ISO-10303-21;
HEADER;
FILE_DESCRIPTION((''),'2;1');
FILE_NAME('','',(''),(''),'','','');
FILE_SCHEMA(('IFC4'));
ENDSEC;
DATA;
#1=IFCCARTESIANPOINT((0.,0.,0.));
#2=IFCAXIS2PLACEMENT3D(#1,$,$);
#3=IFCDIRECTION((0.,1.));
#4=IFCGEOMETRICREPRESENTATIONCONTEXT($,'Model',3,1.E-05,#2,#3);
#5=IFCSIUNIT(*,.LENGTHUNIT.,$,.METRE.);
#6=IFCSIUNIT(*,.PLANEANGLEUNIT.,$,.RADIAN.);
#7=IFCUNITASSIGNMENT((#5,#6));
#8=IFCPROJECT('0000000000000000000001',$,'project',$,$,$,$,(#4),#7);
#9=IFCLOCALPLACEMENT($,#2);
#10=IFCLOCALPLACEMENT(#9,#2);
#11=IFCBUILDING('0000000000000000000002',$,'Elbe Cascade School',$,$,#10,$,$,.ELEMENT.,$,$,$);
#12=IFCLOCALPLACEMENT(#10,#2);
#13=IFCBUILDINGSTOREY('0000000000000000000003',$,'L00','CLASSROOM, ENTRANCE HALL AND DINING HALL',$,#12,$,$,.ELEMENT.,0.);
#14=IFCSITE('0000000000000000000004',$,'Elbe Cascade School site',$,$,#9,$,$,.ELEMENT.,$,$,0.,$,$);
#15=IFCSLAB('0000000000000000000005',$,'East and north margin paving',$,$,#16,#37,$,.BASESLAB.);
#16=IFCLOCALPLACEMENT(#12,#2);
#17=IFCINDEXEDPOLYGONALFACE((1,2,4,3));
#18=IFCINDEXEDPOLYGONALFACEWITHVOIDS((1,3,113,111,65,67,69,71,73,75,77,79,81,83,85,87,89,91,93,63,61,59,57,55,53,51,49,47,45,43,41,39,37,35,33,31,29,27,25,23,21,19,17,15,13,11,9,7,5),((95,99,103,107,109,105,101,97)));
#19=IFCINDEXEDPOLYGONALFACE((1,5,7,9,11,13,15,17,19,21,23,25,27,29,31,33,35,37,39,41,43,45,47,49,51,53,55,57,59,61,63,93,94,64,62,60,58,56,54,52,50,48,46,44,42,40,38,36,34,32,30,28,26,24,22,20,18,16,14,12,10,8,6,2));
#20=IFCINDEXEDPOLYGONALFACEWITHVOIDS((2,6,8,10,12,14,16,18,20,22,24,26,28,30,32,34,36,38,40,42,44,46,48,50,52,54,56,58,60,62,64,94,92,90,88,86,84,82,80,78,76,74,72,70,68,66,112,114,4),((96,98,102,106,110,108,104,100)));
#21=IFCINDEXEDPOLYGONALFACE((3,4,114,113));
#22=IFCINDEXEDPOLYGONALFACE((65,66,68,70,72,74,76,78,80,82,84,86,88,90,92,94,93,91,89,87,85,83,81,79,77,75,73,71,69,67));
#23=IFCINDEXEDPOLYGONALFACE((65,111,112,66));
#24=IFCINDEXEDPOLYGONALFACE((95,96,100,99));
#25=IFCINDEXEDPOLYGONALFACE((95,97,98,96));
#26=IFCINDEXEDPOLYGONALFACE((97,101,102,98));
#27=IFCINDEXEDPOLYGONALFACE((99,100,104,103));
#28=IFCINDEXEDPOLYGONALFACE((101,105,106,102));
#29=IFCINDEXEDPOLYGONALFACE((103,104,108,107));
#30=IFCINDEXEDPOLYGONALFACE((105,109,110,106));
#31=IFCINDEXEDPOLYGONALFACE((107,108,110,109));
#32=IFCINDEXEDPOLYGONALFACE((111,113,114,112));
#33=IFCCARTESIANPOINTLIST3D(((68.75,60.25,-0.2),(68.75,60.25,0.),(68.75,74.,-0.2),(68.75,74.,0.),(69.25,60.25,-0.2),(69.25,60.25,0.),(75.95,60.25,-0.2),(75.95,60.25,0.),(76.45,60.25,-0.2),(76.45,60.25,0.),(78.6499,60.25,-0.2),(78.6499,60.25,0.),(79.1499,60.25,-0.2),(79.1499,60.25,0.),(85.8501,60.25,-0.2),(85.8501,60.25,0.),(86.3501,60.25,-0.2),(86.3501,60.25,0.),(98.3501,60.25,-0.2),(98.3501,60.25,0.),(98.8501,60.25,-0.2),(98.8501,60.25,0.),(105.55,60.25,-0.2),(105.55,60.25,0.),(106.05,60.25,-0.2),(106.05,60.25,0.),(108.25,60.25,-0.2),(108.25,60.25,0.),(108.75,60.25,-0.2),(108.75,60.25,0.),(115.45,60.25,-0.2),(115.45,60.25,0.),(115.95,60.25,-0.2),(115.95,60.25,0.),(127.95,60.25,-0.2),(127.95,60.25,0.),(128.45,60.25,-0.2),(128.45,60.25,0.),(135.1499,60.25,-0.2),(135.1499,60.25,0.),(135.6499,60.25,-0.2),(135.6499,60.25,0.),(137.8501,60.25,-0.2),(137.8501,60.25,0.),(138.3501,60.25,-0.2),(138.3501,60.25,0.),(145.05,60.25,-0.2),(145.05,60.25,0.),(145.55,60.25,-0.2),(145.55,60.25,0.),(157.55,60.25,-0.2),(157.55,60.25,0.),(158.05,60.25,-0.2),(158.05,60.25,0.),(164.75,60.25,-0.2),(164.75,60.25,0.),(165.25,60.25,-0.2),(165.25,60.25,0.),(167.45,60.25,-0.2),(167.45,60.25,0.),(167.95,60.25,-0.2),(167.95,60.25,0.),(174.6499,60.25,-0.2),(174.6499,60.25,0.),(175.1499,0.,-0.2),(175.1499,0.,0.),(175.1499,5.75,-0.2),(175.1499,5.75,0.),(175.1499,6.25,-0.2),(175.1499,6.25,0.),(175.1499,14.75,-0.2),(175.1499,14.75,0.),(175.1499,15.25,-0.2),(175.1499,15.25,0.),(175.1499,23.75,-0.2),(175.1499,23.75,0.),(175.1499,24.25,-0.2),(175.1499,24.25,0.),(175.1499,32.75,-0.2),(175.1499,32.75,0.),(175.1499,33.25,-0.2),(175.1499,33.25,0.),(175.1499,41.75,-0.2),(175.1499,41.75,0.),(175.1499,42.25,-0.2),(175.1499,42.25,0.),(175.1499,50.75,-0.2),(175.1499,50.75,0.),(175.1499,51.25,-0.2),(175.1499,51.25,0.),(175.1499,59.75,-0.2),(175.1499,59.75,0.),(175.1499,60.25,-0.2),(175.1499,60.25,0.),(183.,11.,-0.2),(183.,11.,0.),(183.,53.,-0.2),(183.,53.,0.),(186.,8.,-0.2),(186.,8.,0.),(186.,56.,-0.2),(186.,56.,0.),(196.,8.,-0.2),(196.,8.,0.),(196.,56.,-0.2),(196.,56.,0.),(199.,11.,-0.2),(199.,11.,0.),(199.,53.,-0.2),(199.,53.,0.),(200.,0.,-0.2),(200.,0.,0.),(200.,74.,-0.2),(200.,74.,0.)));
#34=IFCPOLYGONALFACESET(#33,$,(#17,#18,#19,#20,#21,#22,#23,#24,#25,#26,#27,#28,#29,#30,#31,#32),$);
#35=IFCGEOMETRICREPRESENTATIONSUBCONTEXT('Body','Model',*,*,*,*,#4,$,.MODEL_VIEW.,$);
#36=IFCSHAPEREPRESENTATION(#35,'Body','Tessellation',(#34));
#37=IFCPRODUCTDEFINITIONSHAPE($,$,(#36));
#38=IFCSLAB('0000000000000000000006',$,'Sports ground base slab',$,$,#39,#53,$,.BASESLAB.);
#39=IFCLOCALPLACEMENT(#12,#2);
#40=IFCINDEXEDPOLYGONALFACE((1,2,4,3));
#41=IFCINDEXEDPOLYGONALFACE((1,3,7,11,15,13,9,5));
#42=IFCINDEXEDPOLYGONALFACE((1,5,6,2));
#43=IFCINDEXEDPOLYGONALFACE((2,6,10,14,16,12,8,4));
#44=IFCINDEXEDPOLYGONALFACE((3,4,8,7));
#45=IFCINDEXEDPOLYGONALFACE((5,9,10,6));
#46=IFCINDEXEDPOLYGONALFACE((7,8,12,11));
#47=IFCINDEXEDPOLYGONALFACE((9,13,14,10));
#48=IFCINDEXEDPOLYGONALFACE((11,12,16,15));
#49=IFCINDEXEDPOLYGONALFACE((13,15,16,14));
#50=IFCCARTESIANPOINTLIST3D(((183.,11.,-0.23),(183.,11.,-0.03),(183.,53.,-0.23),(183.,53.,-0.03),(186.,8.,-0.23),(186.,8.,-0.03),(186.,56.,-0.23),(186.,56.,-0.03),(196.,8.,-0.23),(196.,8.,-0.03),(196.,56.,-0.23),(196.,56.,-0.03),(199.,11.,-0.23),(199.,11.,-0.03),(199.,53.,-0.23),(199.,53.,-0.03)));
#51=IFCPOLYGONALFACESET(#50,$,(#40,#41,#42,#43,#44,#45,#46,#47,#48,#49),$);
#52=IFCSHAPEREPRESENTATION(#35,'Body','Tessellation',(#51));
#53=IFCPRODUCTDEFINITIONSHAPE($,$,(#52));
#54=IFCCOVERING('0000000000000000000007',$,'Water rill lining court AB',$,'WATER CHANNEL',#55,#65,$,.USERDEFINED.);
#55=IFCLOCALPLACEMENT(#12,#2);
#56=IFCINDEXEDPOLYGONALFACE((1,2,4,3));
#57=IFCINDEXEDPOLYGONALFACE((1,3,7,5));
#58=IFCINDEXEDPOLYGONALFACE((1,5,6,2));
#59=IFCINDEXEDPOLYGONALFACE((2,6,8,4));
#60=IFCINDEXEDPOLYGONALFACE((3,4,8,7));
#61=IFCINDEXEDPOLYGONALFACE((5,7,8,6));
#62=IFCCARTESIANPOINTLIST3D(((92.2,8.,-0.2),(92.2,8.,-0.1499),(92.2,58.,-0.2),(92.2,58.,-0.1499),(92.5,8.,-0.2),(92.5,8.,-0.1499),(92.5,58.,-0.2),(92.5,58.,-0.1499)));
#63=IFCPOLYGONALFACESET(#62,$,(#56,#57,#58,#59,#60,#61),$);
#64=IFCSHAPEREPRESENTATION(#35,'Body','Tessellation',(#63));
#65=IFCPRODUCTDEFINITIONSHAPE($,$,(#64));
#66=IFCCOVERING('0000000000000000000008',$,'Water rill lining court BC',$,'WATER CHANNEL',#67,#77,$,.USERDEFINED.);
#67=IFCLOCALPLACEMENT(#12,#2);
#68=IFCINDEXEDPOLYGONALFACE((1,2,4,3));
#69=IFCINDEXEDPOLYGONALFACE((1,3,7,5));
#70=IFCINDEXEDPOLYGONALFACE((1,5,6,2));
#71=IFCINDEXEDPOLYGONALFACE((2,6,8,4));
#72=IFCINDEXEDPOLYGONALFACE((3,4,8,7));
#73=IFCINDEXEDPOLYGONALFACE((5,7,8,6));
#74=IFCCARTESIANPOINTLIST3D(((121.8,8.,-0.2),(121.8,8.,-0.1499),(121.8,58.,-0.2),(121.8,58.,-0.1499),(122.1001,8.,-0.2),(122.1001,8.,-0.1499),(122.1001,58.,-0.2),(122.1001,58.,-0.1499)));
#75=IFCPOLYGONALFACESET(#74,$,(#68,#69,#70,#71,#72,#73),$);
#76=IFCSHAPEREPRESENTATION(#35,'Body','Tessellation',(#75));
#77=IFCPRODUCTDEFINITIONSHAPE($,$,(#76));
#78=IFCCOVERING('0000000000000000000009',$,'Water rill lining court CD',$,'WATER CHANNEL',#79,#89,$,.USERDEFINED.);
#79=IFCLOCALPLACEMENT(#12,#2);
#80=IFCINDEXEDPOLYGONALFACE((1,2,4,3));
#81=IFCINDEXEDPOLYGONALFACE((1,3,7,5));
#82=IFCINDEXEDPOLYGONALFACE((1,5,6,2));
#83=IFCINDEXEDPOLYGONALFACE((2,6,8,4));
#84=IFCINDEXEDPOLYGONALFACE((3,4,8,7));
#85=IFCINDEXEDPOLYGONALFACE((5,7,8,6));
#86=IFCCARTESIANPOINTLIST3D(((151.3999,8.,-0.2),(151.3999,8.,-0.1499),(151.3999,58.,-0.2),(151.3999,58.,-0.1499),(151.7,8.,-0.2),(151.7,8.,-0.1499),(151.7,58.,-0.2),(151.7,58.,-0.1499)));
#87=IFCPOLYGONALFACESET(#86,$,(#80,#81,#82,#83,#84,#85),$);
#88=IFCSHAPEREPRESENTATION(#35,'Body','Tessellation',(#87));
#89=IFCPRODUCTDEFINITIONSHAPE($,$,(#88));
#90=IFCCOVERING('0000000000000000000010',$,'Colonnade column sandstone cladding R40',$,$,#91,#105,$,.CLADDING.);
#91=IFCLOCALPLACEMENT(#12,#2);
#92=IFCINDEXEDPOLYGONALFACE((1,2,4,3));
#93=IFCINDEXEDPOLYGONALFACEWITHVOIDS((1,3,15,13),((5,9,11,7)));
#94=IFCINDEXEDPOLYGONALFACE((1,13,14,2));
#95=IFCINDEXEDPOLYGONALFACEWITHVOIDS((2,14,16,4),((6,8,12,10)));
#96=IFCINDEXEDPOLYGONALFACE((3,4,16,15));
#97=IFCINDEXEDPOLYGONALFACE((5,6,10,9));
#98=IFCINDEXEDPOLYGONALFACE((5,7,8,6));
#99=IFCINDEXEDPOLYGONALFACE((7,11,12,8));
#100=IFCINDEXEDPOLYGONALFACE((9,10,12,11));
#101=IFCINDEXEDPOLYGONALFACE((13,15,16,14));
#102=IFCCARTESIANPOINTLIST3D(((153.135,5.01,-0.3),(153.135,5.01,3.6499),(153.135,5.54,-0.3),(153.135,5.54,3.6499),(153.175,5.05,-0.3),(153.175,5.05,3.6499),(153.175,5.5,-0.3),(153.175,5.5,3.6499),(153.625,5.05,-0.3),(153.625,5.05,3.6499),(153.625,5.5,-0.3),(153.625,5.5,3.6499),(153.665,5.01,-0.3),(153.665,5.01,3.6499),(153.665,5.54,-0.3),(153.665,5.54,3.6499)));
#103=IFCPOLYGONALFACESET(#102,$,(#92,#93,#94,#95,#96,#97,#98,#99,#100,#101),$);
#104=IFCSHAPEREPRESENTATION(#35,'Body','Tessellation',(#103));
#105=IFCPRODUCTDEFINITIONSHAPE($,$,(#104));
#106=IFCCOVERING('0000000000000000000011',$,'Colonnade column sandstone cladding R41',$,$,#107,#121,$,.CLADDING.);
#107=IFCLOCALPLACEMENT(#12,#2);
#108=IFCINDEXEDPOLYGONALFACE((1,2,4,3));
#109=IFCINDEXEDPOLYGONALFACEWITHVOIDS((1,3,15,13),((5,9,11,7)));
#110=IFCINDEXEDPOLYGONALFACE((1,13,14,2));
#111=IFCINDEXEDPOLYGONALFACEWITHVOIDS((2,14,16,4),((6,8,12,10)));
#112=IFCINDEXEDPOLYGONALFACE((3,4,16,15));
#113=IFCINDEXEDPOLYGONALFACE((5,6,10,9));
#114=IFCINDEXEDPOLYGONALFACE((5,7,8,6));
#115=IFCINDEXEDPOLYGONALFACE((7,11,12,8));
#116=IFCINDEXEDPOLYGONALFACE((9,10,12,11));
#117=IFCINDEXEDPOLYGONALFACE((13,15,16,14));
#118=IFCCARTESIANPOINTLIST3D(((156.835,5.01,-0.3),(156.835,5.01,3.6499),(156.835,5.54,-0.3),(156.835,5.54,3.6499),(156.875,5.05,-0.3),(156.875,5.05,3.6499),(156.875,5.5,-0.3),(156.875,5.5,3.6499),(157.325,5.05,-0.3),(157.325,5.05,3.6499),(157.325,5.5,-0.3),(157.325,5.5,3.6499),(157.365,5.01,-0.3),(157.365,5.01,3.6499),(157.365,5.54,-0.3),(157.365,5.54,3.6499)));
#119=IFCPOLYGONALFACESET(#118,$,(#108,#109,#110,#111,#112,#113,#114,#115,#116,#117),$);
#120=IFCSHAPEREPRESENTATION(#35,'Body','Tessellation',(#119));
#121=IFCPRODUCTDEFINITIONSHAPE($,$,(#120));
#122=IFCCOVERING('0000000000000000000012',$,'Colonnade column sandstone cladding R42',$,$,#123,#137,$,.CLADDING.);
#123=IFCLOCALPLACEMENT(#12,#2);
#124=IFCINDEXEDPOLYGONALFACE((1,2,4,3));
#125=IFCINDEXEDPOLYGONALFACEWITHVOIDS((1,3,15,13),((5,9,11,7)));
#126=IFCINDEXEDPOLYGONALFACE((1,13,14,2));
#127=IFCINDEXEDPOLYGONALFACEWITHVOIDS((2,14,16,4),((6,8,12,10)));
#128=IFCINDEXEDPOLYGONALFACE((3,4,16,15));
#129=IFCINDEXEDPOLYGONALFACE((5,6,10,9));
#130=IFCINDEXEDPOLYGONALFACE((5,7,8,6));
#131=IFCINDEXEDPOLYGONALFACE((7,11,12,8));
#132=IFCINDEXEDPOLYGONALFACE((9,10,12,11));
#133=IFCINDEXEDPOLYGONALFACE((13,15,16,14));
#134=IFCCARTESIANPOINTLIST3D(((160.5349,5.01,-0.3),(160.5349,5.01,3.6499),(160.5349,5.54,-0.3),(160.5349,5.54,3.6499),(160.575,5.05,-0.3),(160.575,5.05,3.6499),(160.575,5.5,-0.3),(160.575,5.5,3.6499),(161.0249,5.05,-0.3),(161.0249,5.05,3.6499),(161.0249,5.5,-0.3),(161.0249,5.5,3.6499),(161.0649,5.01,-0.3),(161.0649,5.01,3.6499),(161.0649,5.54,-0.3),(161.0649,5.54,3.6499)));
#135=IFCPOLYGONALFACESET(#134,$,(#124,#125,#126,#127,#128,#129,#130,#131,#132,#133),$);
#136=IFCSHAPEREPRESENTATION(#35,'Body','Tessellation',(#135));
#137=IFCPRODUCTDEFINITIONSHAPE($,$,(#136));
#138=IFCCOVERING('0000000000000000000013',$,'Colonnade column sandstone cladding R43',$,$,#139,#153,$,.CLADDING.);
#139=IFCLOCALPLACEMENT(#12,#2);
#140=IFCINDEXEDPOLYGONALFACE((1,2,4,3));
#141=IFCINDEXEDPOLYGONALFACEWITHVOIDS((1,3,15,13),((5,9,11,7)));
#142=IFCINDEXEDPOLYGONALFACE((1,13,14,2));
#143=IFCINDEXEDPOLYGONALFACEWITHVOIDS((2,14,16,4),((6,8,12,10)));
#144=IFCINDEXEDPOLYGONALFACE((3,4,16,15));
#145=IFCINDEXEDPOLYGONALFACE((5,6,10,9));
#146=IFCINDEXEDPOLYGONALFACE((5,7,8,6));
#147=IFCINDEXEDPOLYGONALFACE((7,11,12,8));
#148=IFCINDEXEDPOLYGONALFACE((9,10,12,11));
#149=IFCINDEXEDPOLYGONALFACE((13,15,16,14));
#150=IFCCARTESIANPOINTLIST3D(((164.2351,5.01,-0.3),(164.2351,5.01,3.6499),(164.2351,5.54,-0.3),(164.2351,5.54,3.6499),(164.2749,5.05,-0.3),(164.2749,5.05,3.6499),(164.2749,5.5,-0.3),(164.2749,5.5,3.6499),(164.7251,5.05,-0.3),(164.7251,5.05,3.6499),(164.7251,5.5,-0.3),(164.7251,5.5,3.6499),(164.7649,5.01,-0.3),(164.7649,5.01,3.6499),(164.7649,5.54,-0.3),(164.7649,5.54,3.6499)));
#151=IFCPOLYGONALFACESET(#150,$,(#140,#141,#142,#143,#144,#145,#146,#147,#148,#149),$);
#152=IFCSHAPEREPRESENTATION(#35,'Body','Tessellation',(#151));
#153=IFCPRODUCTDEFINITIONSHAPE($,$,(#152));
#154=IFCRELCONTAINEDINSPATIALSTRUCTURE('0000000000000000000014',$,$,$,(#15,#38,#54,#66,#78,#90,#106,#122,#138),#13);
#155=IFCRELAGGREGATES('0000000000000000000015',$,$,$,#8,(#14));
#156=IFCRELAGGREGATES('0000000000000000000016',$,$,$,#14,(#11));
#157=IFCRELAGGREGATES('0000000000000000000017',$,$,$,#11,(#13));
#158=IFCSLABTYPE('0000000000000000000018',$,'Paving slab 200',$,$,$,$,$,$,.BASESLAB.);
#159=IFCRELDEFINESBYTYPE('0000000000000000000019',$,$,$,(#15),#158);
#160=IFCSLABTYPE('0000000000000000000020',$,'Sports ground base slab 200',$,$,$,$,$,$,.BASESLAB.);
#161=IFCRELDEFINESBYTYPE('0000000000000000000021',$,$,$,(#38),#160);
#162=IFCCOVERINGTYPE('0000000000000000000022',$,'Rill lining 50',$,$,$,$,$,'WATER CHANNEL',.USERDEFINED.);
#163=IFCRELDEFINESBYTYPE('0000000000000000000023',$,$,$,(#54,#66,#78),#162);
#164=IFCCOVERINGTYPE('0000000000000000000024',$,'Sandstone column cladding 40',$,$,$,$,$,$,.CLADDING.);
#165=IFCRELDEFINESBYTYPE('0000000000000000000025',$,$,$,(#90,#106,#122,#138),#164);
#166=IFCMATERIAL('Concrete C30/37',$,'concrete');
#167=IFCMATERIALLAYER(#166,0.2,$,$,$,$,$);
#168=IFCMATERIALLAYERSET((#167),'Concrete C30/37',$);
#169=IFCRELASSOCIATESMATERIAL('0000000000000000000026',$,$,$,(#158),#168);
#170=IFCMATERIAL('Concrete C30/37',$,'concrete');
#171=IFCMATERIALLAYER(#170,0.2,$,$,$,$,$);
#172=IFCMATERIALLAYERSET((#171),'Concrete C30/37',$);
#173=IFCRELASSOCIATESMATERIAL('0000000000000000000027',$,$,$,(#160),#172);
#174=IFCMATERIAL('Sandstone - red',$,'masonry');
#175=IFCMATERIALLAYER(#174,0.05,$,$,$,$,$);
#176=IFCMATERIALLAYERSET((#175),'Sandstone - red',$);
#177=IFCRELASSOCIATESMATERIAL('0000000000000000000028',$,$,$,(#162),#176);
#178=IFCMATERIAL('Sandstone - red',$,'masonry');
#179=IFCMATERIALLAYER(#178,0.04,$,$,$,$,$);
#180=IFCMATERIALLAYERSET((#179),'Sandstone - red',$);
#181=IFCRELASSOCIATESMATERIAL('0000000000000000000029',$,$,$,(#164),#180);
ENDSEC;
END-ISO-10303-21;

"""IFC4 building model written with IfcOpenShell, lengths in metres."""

from ifc_helpers import new_model, si_unit, direction, frame, origin, place, context, subcontext, project, spatial, polyline, outline, extrude, material, layer, layer_set, type_object, element, save


model = new_model("IFC4")

# Units and contexts
model_context = context("Model", 3, precision=1e-05, world=origin(), true_north=direction((0.0, 1.0)))
body_context = subcontext(model_context, "Body", "Model", "MODEL_VIEW")
ifc_project = project(units=[si_unit("LENGTHUNIT", "METRE"), si_unit("PLANEANGLEUNIT", "RADIAN")], contexts=[model_context])

# Site, building, storey
site_placement = place(None, origin())
site = spatial("IfcSite", under=ifc_project, at=site_placement, Name="Elbe Cascade School site", CompositionType="ELEMENT", RefElevation=0.0)
building_placement = place(site_placement, origin())
building = spatial("IfcBuilding", under=site, at=building_placement, Name="Elbe Cascade School", CompositionType="ELEMENT")
storey_placement = place(building_placement, origin())
storey = spatial("IfcBuildingStorey", under=building, at=storey_placement, Name="L00", Description="CLASSROOM, ENTRANCE HALL AND DINING HALL", CompositionType="ELEMENT", Elevation=0.0)

# Slabs
ifc_material_1 = material(Name="Concrete C30/37", Category="concrete")
ifc_layer_1 = layer(ifc_material_1, 0.2)
ifc_layer_set_1 = layer_set([ifc_layer_1], Name="Concrete C30/37")
slab_type_1 = type_object("IfcSlabType", Name="Paving slab 200", PredefinedType="BASESLAB", material=ifc_layer_set_1)
slab_1_placement = place(storey_placement, frame((0.0, 0.0, -0.2)))
element("IfcSlab", 1, at=slab_1_placement, inside=storey, type_object=slab_type_1, Name="East and north margin paving", PredefinedType="BASESLAB", context=body_context, shape_type="SweptSolid", body=[
    extrude(outline(polyline([(200.0, 74.0), (68.75, 74.0), (68.75, 60.25), (69.25, 60.25), (75.95, 60.25), (76.45, 60.25), (78.6499, 60.25), (79.1499, 60.25), (85.8501, 60.25), (86.3501, 60.25), (98.3501, 60.25), (98.8501, 60.25), (105.55, 60.25), (106.05, 60.25), (108.25, 60.25), (108.75, 60.25), (115.45, 60.25), (115.95, 60.25), (127.95, 60.25), (127.95, 60.25), (128.45, 60.25), (135.1499, 60.25), (135.6499, 60.25), (137.8501, 60.25), (138.3501, 60.25), (145.05, 60.25), (145.55, 60.25), (157.55, 60.25), (158.05, 60.25), (164.75, 60.25), (165.25, 60.25), (167.45, 60.25), (167.95, 60.25), (174.6499, 60.25), (175.1499, 60.25), (175.1499, 59.75), (175.1499, 51.25), (175.1499, 50.75), (175.1499, 42.25), (175.1499, 41.75), (175.1499, 33.25), (175.1499, 32.75), (175.1499, 24.25), (175.1499, 23.75), (175.1499, 15.25), (175.1499, 14.75), (175.1499, 6.25), (175.1499, 5.75), (175.1499, 0.0), (200.0, 0.0), (200.0, 74.0)]), holes=[polyline([(196.0, 56.0), (199.0, 53.0), (199.0, 11.0), (196.0, 8.0), (186.0, 8.0), (183.0, 11.0), (183.0, 53.0), (186.0, 56.0), (196.0, 56.0)])]), origin(), (0.0, 0.0, 1.0), 0.2),
])
ifc_material_2 = material(Name="Concrete C30/37", Category="concrete")
ifc_layer_2 = layer(ifc_material_2, 0.2)
ifc_layer_set_2 = layer_set([ifc_layer_2], Name="Concrete C30/37")
slab_type_2 = type_object("IfcSlabType", Name="Sports ground base slab 200", PredefinedType="BASESLAB", material=ifc_layer_set_2)
slab_2_placement = place(storey_placement, frame((0.0, 0.0, -0.23)))
element("IfcSlab", 2, at=slab_2_placement, inside=storey, type_object=slab_type_2, Name="Sports ground base slab", PredefinedType="BASESLAB", context=body_context, shape_type="SweptSolid", body=[
    extrude(outline(polyline([(186.0, 8.0), (196.0, 8.0), (199.0, 11.0), (199.0, 53.0), (196.0, 56.0), (186.0, 56.0), (183.0, 53.0), (183.0, 11.0), (186.0, 8.0)])), origin(), (0.0, 0.0, 1.0), 0.2),
])

# Coverings
ifc_material_3 = material(Name="Sandstone - red", Category="masonry")
ifc_layer_3 = layer(ifc_material_3, 0.05)
ifc_layer_set_3 = layer_set([ifc_layer_3], Name="Sandstone - red")
covering_type_1 = type_object("IfcCoveringType", Name="Rill lining 50", ElementType="WATER CHANNEL", PredefinedType="USERDEFINED", material=ifc_layer_set_3)
covering_1_placement = place(storey_placement, frame((0.0, 0.0, -0.2)))
element("IfcCovering", 3, at=covering_1_placement, inside=storey, type_object=covering_type_1, Name="Water rill lining court AB", ObjectType="WATER CHANNEL", PredefinedType="USERDEFINED", context=body_context, shape_type="SweptSolid", body=[
    extrude(outline(polyline([(92.2, 8.0), (92.5, 8.0), (92.5, 58.0), (92.2, 58.0), (92.2, 8.0)])), origin(), (0.0, 0.0, 1.0), 0.05),
])
covering_2_placement = place(storey_placement, frame((0.0, 0.0, -0.2)))
element("IfcCovering", 4, at=covering_2_placement, inside=storey, type_object=covering_type_1, Name="Water rill lining court BC", ObjectType="WATER CHANNEL", PredefinedType="USERDEFINED", context=body_context, shape_type="SweptSolid", body=[
    extrude(outline(polyline([(121.8, 8.0), (122.1001, 8.0), (122.1001, 58.0), (121.8, 58.0), (121.8, 8.0)])), origin(), (0.0, 0.0, 1.0), 0.05),
])
covering_3_placement = place(storey_placement, frame((0.0, 0.0, -0.2)))
element("IfcCovering", 5, at=covering_3_placement, inside=storey, type_object=covering_type_1, Name="Water rill lining court CD", ObjectType="WATER CHANNEL", PredefinedType="USERDEFINED", context=body_context, shape_type="SweptSolid", body=[
    extrude(outline(polyline([(151.3999, 8.0), (151.7, 8.0), (151.7, 58.0), (151.3999, 58.0), (151.3999, 8.0)])), origin(), (0.0, 0.0, 1.0), 0.05),
])
ifc_material_4 = material(Name="Sandstone - red", Category="masonry")
ifc_layer_4 = layer(ifc_material_4, 0.04)
ifc_layer_set_4 = layer_set([ifc_layer_4], Name="Sandstone - red")
covering_type_2 = type_object("IfcCoveringType", Name="Sandstone column cladding 40", PredefinedType="CLADDING", material=ifc_layer_set_4)
covering_4_placement = place(storey_placement, frame((0.0, 0.0, -0.3)))
element("IfcCovering", 6, at=covering_4_placement, inside=storey, type_object=covering_type_2, Name="Colonnade column sandstone cladding R40", PredefinedType="CLADDING", context=body_context, shape_type="SweptSolid", body=[
    extrude(outline(polyline([(153.135, 5.01), (153.665, 5.01), (153.665, 5.54), (153.135, 5.54), (153.135, 5.01)]), holes=[polyline([(153.175, 5.5), (153.625, 5.5), (153.625, 5.05), (153.175, 5.05), (153.175, 5.5)])]), origin(), (0.0, 0.0, 1.0), 3.95),
])
covering_5_placement = place(storey_placement, frame((0.0, 0.0, -0.3)))
element("IfcCovering", 7, at=covering_5_placement, inside=storey, type_object=covering_type_2, Name="Colonnade column sandstone cladding R41", PredefinedType="CLADDING", context=body_context, shape_type="SweptSolid", body=[
    extrude(outline(polyline([(156.835, 5.01), (157.365, 5.01), (157.365, 5.54), (156.835, 5.54), (156.835, 5.01)]), holes=[polyline([(156.875, 5.5), (157.325, 5.5), (157.325, 5.05), (156.875, 5.05), (156.875, 5.5)])]), origin(), (0.0, 0.0, 1.0), 3.95),
])
covering_6_placement = place(storey_placement, frame((0.0, 0.0, -0.3)))
element("IfcCovering", 8, at=covering_6_placement, inside=storey, type_object=covering_type_2, Name="Colonnade column sandstone cladding R42", PredefinedType="CLADDING", context=body_context, shape_type="SweptSolid", body=[
    extrude(outline(polyline([(160.5349, 5.01), (161.0649, 5.01), (161.0649, 5.54), (160.5349, 5.54), (160.5349, 5.01)]), holes=[polyline([(160.575, 5.5), (161.0249, 5.5), (161.0249, 5.05), (160.575, 5.05), (160.575, 5.5)])]), origin(), (0.0, 0.0, 1.0), 3.95),
])
covering_7_placement = place(storey_placement, frame((0.0, 0.0, -0.3)))
element("IfcCovering", 9, at=covering_7_placement, inside=storey, type_object=covering_type_2, Name="Colonnade column sandstone cladding R43", PredefinedType="CLADDING", context=body_context, shape_type="SweptSolid", body=[
    extrude(outline(polyline([(164.2351, 5.01), (164.7649, 5.01), (164.7649, 5.54), (164.2351, 5.54), (164.2351, 5.01)]), holes=[polyline([(164.2749, 5.5), (164.7251, 5.5), (164.7251, 5.05), (164.2749, 5.05), (164.2749, 5.5)])]), origin(), (0.0, 0.0, 1.0), 3.95),
])

save(model, "model.ifc")
